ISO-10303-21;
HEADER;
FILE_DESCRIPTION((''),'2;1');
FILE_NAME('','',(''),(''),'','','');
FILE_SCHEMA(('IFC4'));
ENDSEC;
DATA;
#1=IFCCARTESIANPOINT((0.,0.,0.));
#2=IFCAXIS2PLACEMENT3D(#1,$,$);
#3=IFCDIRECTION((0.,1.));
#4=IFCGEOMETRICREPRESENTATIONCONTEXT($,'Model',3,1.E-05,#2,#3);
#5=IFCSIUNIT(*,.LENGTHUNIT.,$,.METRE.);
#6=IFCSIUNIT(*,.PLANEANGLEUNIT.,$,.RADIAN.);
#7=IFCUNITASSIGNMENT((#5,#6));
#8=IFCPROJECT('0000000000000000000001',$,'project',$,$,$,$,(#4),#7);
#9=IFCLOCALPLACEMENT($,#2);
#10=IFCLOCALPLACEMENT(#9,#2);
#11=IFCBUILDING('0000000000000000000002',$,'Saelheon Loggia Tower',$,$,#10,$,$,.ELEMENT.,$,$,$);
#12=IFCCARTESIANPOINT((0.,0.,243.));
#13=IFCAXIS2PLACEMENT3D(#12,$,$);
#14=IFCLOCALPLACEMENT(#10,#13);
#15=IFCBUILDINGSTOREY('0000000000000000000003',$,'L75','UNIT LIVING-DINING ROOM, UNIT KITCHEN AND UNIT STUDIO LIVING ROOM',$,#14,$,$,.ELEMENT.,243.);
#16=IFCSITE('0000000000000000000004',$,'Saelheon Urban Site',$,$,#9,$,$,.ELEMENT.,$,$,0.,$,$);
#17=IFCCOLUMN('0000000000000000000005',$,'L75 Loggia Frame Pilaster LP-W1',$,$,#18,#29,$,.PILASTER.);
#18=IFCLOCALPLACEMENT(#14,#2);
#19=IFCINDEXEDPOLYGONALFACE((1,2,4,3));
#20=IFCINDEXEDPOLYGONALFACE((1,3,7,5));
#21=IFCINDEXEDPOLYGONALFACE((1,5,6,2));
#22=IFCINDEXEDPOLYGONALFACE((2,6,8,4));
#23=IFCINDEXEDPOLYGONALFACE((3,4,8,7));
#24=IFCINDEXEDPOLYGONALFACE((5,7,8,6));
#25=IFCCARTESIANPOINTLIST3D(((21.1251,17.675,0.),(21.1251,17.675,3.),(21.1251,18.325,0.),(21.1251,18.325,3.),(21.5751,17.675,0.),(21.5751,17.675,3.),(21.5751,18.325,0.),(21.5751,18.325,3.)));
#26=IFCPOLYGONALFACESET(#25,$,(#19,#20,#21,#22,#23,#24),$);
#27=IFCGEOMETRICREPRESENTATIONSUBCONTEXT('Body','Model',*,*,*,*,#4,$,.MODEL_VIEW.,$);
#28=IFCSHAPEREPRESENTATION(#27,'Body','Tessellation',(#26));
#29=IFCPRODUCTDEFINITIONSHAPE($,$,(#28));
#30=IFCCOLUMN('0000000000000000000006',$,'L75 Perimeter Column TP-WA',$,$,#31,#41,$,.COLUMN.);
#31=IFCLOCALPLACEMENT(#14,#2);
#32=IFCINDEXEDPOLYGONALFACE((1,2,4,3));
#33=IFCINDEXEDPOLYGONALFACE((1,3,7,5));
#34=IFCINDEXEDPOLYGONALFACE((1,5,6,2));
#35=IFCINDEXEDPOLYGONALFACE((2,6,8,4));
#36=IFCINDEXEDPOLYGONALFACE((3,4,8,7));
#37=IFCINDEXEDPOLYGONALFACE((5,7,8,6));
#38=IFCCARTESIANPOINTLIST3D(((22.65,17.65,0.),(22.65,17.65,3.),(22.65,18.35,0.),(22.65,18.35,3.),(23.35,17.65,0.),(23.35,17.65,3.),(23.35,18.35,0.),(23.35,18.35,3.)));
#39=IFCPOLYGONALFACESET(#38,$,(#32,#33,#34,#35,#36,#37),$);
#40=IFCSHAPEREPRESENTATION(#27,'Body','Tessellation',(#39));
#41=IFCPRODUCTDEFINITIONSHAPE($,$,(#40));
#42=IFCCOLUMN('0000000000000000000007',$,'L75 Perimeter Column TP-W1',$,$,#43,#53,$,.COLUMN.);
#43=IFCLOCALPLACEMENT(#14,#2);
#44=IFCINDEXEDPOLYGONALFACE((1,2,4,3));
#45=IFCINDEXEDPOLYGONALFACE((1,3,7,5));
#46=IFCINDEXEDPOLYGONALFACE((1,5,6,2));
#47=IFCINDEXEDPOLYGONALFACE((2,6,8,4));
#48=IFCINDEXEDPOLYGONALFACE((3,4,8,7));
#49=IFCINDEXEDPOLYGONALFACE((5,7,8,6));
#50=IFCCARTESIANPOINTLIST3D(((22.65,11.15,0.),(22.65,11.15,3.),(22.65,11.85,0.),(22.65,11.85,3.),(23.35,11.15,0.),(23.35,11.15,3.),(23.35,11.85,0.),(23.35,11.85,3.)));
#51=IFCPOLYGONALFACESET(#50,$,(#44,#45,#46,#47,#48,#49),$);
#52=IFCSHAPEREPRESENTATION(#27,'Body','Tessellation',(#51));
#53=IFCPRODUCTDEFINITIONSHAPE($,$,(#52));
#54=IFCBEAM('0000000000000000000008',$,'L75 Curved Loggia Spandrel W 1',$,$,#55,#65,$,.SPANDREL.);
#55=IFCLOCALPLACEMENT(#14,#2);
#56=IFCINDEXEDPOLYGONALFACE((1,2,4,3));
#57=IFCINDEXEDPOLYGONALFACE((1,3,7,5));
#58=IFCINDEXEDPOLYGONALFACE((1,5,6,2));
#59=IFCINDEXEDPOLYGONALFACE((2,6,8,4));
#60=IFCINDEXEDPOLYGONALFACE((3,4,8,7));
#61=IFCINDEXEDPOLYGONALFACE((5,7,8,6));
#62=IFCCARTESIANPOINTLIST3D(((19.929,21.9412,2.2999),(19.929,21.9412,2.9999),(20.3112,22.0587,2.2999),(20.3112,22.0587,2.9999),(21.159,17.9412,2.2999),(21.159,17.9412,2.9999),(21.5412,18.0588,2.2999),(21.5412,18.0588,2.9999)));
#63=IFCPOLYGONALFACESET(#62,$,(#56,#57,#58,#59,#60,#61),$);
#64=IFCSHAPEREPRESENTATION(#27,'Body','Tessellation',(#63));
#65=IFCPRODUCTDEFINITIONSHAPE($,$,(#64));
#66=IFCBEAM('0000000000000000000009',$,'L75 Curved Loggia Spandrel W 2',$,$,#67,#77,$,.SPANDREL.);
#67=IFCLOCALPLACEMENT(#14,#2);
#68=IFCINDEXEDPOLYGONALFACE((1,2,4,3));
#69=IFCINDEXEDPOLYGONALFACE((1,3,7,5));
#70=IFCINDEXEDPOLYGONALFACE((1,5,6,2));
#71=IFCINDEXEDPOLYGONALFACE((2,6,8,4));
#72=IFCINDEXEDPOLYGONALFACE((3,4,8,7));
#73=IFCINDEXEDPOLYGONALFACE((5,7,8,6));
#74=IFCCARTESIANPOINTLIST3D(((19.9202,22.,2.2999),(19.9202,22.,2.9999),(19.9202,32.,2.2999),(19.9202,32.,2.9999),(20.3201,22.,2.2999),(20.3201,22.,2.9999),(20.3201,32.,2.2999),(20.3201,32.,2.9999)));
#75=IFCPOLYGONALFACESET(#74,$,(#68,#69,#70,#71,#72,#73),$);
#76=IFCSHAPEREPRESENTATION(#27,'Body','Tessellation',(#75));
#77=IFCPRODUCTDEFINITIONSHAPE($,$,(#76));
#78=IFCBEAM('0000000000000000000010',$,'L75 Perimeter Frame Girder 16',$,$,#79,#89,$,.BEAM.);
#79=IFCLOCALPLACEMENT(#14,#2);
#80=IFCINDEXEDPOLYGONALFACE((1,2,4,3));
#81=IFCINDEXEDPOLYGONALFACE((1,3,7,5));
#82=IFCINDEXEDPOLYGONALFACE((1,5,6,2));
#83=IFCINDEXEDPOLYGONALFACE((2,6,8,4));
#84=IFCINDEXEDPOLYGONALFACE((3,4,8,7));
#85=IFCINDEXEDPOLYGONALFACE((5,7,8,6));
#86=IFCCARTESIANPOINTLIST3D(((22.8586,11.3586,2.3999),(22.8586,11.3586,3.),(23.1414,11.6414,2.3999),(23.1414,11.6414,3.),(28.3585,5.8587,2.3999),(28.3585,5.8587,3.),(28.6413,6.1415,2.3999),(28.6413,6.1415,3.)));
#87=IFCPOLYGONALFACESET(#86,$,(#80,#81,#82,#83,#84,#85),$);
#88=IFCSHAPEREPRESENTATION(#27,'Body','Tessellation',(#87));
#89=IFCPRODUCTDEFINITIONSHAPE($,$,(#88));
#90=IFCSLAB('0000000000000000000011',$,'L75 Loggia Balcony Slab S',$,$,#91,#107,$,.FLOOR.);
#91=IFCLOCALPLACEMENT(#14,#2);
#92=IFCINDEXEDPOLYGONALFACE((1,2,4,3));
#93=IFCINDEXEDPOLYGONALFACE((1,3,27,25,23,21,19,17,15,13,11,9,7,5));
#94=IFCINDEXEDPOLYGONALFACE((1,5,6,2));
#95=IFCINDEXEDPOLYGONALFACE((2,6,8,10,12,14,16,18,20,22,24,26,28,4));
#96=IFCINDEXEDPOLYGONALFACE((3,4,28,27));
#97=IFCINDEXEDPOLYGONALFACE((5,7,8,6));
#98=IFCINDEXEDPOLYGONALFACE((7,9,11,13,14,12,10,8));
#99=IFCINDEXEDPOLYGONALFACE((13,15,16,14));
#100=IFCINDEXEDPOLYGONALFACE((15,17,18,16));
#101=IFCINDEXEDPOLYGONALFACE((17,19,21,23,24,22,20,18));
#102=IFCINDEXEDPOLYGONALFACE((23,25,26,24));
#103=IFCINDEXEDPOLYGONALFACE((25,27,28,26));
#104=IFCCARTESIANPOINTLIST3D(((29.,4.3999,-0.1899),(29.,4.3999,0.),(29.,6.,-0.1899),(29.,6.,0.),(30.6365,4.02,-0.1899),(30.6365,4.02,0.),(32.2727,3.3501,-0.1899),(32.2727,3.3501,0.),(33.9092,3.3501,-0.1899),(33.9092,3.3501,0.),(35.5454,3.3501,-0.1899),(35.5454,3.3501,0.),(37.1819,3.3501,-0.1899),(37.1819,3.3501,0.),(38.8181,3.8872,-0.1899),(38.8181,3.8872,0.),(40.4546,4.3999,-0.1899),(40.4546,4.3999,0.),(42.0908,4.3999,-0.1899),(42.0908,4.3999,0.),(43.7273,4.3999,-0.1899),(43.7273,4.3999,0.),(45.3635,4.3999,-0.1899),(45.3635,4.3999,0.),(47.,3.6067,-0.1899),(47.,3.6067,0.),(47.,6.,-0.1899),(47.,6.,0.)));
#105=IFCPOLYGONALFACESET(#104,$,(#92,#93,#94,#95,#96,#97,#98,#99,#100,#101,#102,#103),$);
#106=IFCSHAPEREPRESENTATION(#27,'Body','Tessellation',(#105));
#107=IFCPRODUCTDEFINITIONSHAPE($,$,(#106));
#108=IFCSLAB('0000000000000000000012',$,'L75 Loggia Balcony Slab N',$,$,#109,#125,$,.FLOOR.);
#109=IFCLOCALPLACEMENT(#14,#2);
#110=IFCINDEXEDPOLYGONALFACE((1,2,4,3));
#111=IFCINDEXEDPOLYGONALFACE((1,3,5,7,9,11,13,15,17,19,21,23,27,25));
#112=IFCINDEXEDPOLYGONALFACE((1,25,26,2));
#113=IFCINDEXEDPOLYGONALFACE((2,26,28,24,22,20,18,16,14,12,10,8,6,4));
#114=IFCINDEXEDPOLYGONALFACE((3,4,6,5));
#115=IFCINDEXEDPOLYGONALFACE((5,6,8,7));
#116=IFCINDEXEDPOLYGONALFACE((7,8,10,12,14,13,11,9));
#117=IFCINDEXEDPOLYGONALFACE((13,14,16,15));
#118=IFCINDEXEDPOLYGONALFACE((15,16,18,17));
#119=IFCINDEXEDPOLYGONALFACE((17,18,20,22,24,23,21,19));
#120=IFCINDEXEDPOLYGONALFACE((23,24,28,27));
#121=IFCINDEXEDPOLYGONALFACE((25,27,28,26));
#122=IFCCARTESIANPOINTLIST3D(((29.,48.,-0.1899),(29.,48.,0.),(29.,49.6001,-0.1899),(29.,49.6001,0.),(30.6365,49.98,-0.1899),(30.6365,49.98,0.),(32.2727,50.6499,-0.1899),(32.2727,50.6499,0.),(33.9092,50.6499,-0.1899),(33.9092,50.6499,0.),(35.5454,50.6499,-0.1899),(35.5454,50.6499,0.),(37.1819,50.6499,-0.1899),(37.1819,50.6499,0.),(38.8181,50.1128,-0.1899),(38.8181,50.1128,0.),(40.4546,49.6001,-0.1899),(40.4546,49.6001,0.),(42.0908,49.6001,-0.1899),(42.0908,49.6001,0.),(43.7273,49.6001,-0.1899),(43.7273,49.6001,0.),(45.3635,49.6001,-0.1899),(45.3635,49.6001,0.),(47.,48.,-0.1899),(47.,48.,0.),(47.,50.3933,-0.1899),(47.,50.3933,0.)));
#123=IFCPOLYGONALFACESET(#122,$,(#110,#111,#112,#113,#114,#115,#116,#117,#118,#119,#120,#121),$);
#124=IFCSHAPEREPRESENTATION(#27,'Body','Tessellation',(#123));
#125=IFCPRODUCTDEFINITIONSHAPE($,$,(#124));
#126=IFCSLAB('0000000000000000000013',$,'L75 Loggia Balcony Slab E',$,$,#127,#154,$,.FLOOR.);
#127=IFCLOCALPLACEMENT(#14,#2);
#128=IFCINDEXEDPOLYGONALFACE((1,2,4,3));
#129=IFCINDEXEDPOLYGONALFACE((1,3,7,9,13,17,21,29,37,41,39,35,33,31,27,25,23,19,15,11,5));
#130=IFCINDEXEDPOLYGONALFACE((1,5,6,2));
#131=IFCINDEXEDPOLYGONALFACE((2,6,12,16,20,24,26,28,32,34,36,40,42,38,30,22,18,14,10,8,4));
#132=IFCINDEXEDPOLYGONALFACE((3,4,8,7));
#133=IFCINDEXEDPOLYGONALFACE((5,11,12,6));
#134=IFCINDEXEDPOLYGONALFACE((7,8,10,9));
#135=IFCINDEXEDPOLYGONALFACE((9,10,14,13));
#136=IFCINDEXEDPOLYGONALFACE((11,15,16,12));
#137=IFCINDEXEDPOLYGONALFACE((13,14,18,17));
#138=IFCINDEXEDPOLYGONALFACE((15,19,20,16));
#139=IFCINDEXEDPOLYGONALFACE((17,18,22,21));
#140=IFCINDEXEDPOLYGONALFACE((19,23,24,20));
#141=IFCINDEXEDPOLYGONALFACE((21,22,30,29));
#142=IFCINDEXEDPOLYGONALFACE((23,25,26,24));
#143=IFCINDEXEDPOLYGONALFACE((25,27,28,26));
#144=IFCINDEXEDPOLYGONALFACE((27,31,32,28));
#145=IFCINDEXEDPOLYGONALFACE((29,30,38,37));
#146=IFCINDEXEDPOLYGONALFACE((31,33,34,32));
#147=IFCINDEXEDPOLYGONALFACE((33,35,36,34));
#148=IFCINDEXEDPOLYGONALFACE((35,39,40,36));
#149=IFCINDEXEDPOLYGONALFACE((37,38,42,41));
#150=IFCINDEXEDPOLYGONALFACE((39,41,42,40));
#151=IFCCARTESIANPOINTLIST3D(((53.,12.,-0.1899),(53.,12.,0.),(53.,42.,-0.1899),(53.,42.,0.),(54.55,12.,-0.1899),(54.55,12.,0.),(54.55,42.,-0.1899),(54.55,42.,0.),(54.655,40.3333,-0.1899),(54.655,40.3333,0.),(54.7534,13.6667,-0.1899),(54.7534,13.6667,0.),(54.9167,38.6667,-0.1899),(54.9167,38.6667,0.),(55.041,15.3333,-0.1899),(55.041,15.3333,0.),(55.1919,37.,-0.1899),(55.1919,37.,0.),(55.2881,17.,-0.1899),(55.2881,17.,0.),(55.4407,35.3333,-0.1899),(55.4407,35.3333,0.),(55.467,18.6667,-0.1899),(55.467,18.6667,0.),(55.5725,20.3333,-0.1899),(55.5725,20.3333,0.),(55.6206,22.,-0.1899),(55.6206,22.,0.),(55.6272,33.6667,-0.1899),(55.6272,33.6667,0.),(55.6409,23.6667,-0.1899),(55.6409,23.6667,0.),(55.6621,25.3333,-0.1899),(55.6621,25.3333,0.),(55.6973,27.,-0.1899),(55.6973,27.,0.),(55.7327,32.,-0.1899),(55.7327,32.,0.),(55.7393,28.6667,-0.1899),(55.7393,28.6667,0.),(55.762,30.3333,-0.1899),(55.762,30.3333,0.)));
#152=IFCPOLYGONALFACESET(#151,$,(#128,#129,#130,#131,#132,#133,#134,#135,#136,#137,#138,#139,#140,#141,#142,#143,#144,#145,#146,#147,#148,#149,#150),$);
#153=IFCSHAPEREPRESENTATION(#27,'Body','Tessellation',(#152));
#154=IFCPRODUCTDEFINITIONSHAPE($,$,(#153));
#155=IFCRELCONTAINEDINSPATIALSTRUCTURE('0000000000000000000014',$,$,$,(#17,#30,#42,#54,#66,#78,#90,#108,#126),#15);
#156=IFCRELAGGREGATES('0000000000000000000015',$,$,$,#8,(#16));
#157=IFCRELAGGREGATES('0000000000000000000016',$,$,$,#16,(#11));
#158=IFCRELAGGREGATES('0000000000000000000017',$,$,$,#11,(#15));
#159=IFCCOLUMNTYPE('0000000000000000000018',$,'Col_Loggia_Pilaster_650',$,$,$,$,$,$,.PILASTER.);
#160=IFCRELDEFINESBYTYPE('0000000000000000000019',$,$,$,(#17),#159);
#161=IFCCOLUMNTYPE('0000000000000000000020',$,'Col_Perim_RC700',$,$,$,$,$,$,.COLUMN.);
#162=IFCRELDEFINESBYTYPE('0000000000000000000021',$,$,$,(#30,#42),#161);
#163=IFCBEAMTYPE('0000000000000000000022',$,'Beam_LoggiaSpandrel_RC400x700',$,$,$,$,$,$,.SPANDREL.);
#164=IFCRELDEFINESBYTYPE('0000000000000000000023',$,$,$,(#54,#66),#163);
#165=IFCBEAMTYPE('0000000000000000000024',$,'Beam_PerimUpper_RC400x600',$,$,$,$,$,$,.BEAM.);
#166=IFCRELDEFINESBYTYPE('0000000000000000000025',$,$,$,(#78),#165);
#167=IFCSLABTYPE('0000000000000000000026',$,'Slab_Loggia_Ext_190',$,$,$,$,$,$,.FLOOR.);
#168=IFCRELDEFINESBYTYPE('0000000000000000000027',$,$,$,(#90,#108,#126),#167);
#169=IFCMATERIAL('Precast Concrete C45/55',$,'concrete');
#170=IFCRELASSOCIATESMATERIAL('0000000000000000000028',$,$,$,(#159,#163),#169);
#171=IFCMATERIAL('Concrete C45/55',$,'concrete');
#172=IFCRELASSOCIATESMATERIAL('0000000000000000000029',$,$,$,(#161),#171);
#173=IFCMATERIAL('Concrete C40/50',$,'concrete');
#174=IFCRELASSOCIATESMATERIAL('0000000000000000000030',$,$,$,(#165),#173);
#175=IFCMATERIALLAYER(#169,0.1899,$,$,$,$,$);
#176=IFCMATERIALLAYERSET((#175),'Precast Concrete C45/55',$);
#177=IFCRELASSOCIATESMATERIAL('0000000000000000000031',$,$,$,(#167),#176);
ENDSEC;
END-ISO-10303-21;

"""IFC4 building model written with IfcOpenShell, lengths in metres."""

from ifc_helpers import new_model, si_unit, direction, frame, origin, origin_2d, place, context, subcontext, project, spatial, polyline, rectangle, outline, extrude, source, transform, mapped, material, layer, layer_set, material_profile, profile_set, type_object, element, save


model = new_model("IFC4")

# Units and contexts
model_context = context("Model", 3, precision=1e-05, world=origin(), true_north=direction((0.0, 1.0)))
body_context = subcontext(model_context, "Body", "Model", "MODEL_VIEW")
ifc_project = project(units=[si_unit("LENGTHUNIT", "METRE"), si_unit("PLANEANGLEUNIT", "RADIAN")], contexts=[model_context])

# Site, building, storey
site_placement = place(None, origin())
site = spatial("IfcSite", under=ifc_project, at=site_placement, Name="Saelheon Urban Site", CompositionType="ELEMENT", RefElevation=0.0)
building_placement = place(site_placement, origin())
building = spatial("IfcBuilding", under=site, at=building_placement, Name="Saelheon Loggia Tower", CompositionType="ELEMENT")
storey_placement = place(building_placement, frame((0.0, 0.0, 243.0)))
storey = spatial("IfcBuildingStorey", under=building, at=storey_placement, Name="L75", Description="UNIT LIVING-DINING ROOM, UNIT KITCHEN AND UNIT STUDIO LIVING ROOM", CompositionType="ELEMENT", Elevation=243.0)

# Columns
ifc_material_1 = material(Name="Precast Concrete C45/55", Category="concrete")
ifc_material_profile_1 = material_profile(ifc_material_1, rectangle(XDim=0.45, YDim=0.6499, at=origin_2d()), Name="RC-450x650")
ifc_profile_set_1 = profile_set([ifc_material_profile_1], Name="Precast Concrete C45/55")
column_type_1 = type_object("IfcColumnType", Name="Col_Loggia_Pilaster_650", PredefinedType="PILASTER", material=ifc_profile_set_1)
shared_shape_1 = source(origin(), body_context, "Body", "SweptSolid", [
    extrude(rectangle(XDim=0.45, YDim=0.6499, at=origin_2d()), origin(), (0.0, 0.0, 1.0), 3.0),
])
column_placement = place(storey_placement, frame((21.3501, 18.0, 0.0), z_axis=(0.0, 0.0, 1.0), x_axis=(1.0, 0.0, 0.0)))
element("IfcColumn", 1, at=column_placement, inside=storey, type_object=column_type_1, Name="L75 Loggia Frame Pilaster LP-W1", PredefinedType="PILASTER", context=body_context, shape_type="MappedRepresentation", body=[
    mapped(shared_shape_1, transform((0.0, 0.0, 0.0), scale=1.0)),
])
ifc_material_2 = material(Name="Concrete C45/55", Category="concrete")
ifc_material_profile_2 = material_profile(ifc_material_2, rectangle(XDim=0.7, YDim=0.7, at=origin_2d()), Name="RC-700x700")
ifc_profile_set_2 = profile_set([ifc_material_profile_2], Name="Concrete C45/55")
column_type_2 = type_object("IfcColumnType", Name="Col_Perim_RC700", PredefinedType="COLUMN", material=ifc_profile_set_2)
shared_shape_2 = source(origin(), body_context, "Body", "SweptSolid", [
    extrude(rectangle(XDim=0.7, YDim=0.7, at=origin_2d()), origin(), (0.0, 0.0, 1.0), 3.0),
])
for number, where, z_axis, x_axis, name in (
    (2, (23.0, 18.0, 0.0), (0.0, 0.0, 1.0), (1.0, 0.0, 0.0), "L75 Perimeter Column TP-WA"),
    (3, (23.0, 11.5, 0.0), (0.0, 0.0, 1.0), (1.0, 0.0, 0.0), "L75 Perimeter Column TP-W1"),
):
    element("IfcColumn", number, at=place(storey_placement, frame(where, z_axis=z_axis, x_axis=x_axis)), inside=storey, type_object=column_type_2, Name=name, PredefinedType="COLUMN", context=body_context, shape_type="MappedRepresentation", body=[
        mapped(shared_shape_2, transform((0.0, 0.0, 0.0), scale=1.0)),
    ])

# Beams
ifc_material_profile_3 = material_profile(ifc_material_1, rectangle(XDim=0.3999, YDim=0.7, at=origin_2d()), Name="RC-400x700")
ifc_profile_set_3 = profile_set([ifc_material_profile_3], Name="Precast Concrete C45/55")
beam_type_1 = type_object("IfcBeamType", Name="Beam_LoggiaSpandrel_RC400x700", PredefinedType="SPANDREL", material=ifc_profile_set_3)
shared_shape_3 = source(origin(), body_context, "Body", "SweptSolid", [
    extrude(rectangle(XDim=0.3999, YDim=0.7, at=origin_2d()), origin(), (0.0, 0.0, 1.0), 4.1848),
])
beam_1_placement = place(storey_placement, frame((21.3501, 18.0, 2.6499), z_axis=(-0.293914, 0.955832, 0.0), x_axis=(-0.955832, -0.293914, 0.0)))
element("IfcBeam", 4, at=beam_1_placement, inside=storey, type_object=beam_type_1, Name="L75 Curved Loggia Spandrel W 1", PredefinedType="SPANDREL", context=body_context, shape_type="MappedRepresentation", body=[
    mapped(shared_shape_3, transform((0.0, 0.0, 0.0), scale=1.0)),
])
shared_shape_4 = source(origin(), body_context, "Body", "SweptSolid", [
    extrude(rectangle(XDim=0.3999, YDim=0.7, at=origin_2d()), origin(), (0.0, 0.0, 1.0), 10.0),
])
beam_2_placement = place(storey_placement, frame((20.1201, 22.0, 2.6499), z_axis=(0.0, 1.0, 0.0), x_axis=(-1.0, 0.0, 0.0)))
element("IfcBeam", 5, at=beam_2_placement, inside=storey, type_object=beam_type_1, Name="L75 Curved Loggia Spandrel W 2", PredefinedType="SPANDREL", context=body_context, shape_type="MappedRepresentation", body=[
    mapped(shared_shape_4, transform((0.0, 0.0, 0.0), scale=1.0)),
])
ifc_material_3 = material(Name="Concrete C40/50", Category="concrete")
ifc_material_profile_4 = material_profile(ifc_material_3, rectangle(XDim=0.3999, YDim=0.6001, at=origin_2d()), Name="RC-400x600")
ifc_profile_set_4 = profile_set([ifc_material_profile_4], Name="Concrete C40/50")
beam_type_2 = type_object("IfcBeamType", Name="Beam_PerimUpper_RC400x600", PredefinedType="BEAM", material=ifc_profile_set_4)
shared_shape_5 = source(origin(), body_context, "Body", "SweptSolid", [
    extrude(rectangle(XDim=0.3999, YDim=0.6001, at=origin_2d()), origin(), (0.0, 0.0, 1.0), 7.7781),
])
beam_3_placement = place(storey_placement, frame((23.0, 11.5, 2.7), z_axis=(0.707107, -0.707107, 0.0), x_axis=(0.707107, 0.707107, 0.0)))
element("IfcBeam", 6, at=beam_3_placement, inside=storey, type_object=beam_type_2, Name="L75 Perimeter Frame Girder 16", PredefinedType="BEAM", context=body_context, shape_type="MappedRepresentation", body=[
    mapped(shared_shape_5, transform((0.0, 0.0, 0.0), scale=1.0)),
])

# Slabs
ifc_layer_1 = layer(ifc_material_1, 0.1899)
ifc_layer_set_1 = layer_set([ifc_layer_1], Name="Precast Concrete C45/55")
slab_type_1 = type_object("IfcSlabType", Name="Slab_Loggia_Ext_190", PredefinedType="FLOOR", material=ifc_layer_set_1)
slab_1_placement = place(storey_placement, frame((0.0, 0.0, -0.1899)))
element("IfcSlab", 7, at=slab_1_placement, inside=storey, type_object=slab_type_1, Name="L75 Loggia Balcony Slab S", PredefinedType="FLOOR", context=body_context, shape_type="SweptSolid", body=[
    extrude(outline(polyline([(29.0, 4.3999), (30.6365, 4.02), (32.2727, 3.3501), (33.9092, 3.3501), (35.5454, 3.3501), (37.1819, 3.3501), (38.8181, 3.8872), (40.4546, 4.3999), (42.0908, 4.3999), (43.7273, 4.3999), (45.3635, 4.3999), (47.0, 3.6067), (47.0, 6.0), (29.0, 6.0), (29.0, 4.3999)])), origin(), (0.0, 0.0, 1.0), 0.1899),
])
slab_2_placement = place(storey_placement, frame((0.0, 0.0, -0.1899)))
element("IfcSlab", 8, at=slab_2_placement, inside=storey, type_object=slab_type_1, Name="L75 Loggia Balcony Slab N", PredefinedType="FLOOR", context=body_context, shape_type="SweptSolid", body=[
    extrude(outline(polyline([(29.0, 48.0), (47.0, 48.0), (47.0, 50.3933), (45.3635, 49.6001), (43.7273, 49.6001), (42.0908, 49.6001), (40.4546, 49.6001), (38.8181, 50.1128), (37.1819, 50.6499), (35.5454, 50.6499), (33.9092, 50.6499), (32.2727, 50.6499), (30.6365, 49.98), (29.0, 49.6001), (29.0, 48.0)])), origin(), (0.0, 0.0, 1.0), 0.1899),
])
slab_3_placement = place(storey_placement, frame((0.0, 0.0, -0.1899)))
element("IfcSlab", 9, at=slab_3_placement, inside=storey, type_object=slab_type_1, Name="L75 Loggia Balcony Slab E", PredefinedType="FLOOR", context=body_context, shape_type="SweptSolid", body=[
    extrude(outline(polyline([(53.0, 12.0), (54.55, 12.0), (54.7534, 13.6667), (55.041, 15.3333), (55.2881, 17.0), (55.467, 18.6667), (55.5725, 20.3333), (55.6206, 22.0), (55.6409, 23.6667), (55.6621, 25.3333), (55.6973, 27.0), (55.7393, 28.6667), (55.762, 30.3333), (55.7327, 32.0), (55.6272, 33.6667), (55.4407, 35.3333), (55.1919, 37.0), (54.9167, 38.6667), (54.655, 40.3333), (54.55, 42.0), (53.0, 42.0), (53.0, 12.0)])), origin(), (0.0, 0.0, 1.0), 0.1899),
])

save(model, "model.ifc")
